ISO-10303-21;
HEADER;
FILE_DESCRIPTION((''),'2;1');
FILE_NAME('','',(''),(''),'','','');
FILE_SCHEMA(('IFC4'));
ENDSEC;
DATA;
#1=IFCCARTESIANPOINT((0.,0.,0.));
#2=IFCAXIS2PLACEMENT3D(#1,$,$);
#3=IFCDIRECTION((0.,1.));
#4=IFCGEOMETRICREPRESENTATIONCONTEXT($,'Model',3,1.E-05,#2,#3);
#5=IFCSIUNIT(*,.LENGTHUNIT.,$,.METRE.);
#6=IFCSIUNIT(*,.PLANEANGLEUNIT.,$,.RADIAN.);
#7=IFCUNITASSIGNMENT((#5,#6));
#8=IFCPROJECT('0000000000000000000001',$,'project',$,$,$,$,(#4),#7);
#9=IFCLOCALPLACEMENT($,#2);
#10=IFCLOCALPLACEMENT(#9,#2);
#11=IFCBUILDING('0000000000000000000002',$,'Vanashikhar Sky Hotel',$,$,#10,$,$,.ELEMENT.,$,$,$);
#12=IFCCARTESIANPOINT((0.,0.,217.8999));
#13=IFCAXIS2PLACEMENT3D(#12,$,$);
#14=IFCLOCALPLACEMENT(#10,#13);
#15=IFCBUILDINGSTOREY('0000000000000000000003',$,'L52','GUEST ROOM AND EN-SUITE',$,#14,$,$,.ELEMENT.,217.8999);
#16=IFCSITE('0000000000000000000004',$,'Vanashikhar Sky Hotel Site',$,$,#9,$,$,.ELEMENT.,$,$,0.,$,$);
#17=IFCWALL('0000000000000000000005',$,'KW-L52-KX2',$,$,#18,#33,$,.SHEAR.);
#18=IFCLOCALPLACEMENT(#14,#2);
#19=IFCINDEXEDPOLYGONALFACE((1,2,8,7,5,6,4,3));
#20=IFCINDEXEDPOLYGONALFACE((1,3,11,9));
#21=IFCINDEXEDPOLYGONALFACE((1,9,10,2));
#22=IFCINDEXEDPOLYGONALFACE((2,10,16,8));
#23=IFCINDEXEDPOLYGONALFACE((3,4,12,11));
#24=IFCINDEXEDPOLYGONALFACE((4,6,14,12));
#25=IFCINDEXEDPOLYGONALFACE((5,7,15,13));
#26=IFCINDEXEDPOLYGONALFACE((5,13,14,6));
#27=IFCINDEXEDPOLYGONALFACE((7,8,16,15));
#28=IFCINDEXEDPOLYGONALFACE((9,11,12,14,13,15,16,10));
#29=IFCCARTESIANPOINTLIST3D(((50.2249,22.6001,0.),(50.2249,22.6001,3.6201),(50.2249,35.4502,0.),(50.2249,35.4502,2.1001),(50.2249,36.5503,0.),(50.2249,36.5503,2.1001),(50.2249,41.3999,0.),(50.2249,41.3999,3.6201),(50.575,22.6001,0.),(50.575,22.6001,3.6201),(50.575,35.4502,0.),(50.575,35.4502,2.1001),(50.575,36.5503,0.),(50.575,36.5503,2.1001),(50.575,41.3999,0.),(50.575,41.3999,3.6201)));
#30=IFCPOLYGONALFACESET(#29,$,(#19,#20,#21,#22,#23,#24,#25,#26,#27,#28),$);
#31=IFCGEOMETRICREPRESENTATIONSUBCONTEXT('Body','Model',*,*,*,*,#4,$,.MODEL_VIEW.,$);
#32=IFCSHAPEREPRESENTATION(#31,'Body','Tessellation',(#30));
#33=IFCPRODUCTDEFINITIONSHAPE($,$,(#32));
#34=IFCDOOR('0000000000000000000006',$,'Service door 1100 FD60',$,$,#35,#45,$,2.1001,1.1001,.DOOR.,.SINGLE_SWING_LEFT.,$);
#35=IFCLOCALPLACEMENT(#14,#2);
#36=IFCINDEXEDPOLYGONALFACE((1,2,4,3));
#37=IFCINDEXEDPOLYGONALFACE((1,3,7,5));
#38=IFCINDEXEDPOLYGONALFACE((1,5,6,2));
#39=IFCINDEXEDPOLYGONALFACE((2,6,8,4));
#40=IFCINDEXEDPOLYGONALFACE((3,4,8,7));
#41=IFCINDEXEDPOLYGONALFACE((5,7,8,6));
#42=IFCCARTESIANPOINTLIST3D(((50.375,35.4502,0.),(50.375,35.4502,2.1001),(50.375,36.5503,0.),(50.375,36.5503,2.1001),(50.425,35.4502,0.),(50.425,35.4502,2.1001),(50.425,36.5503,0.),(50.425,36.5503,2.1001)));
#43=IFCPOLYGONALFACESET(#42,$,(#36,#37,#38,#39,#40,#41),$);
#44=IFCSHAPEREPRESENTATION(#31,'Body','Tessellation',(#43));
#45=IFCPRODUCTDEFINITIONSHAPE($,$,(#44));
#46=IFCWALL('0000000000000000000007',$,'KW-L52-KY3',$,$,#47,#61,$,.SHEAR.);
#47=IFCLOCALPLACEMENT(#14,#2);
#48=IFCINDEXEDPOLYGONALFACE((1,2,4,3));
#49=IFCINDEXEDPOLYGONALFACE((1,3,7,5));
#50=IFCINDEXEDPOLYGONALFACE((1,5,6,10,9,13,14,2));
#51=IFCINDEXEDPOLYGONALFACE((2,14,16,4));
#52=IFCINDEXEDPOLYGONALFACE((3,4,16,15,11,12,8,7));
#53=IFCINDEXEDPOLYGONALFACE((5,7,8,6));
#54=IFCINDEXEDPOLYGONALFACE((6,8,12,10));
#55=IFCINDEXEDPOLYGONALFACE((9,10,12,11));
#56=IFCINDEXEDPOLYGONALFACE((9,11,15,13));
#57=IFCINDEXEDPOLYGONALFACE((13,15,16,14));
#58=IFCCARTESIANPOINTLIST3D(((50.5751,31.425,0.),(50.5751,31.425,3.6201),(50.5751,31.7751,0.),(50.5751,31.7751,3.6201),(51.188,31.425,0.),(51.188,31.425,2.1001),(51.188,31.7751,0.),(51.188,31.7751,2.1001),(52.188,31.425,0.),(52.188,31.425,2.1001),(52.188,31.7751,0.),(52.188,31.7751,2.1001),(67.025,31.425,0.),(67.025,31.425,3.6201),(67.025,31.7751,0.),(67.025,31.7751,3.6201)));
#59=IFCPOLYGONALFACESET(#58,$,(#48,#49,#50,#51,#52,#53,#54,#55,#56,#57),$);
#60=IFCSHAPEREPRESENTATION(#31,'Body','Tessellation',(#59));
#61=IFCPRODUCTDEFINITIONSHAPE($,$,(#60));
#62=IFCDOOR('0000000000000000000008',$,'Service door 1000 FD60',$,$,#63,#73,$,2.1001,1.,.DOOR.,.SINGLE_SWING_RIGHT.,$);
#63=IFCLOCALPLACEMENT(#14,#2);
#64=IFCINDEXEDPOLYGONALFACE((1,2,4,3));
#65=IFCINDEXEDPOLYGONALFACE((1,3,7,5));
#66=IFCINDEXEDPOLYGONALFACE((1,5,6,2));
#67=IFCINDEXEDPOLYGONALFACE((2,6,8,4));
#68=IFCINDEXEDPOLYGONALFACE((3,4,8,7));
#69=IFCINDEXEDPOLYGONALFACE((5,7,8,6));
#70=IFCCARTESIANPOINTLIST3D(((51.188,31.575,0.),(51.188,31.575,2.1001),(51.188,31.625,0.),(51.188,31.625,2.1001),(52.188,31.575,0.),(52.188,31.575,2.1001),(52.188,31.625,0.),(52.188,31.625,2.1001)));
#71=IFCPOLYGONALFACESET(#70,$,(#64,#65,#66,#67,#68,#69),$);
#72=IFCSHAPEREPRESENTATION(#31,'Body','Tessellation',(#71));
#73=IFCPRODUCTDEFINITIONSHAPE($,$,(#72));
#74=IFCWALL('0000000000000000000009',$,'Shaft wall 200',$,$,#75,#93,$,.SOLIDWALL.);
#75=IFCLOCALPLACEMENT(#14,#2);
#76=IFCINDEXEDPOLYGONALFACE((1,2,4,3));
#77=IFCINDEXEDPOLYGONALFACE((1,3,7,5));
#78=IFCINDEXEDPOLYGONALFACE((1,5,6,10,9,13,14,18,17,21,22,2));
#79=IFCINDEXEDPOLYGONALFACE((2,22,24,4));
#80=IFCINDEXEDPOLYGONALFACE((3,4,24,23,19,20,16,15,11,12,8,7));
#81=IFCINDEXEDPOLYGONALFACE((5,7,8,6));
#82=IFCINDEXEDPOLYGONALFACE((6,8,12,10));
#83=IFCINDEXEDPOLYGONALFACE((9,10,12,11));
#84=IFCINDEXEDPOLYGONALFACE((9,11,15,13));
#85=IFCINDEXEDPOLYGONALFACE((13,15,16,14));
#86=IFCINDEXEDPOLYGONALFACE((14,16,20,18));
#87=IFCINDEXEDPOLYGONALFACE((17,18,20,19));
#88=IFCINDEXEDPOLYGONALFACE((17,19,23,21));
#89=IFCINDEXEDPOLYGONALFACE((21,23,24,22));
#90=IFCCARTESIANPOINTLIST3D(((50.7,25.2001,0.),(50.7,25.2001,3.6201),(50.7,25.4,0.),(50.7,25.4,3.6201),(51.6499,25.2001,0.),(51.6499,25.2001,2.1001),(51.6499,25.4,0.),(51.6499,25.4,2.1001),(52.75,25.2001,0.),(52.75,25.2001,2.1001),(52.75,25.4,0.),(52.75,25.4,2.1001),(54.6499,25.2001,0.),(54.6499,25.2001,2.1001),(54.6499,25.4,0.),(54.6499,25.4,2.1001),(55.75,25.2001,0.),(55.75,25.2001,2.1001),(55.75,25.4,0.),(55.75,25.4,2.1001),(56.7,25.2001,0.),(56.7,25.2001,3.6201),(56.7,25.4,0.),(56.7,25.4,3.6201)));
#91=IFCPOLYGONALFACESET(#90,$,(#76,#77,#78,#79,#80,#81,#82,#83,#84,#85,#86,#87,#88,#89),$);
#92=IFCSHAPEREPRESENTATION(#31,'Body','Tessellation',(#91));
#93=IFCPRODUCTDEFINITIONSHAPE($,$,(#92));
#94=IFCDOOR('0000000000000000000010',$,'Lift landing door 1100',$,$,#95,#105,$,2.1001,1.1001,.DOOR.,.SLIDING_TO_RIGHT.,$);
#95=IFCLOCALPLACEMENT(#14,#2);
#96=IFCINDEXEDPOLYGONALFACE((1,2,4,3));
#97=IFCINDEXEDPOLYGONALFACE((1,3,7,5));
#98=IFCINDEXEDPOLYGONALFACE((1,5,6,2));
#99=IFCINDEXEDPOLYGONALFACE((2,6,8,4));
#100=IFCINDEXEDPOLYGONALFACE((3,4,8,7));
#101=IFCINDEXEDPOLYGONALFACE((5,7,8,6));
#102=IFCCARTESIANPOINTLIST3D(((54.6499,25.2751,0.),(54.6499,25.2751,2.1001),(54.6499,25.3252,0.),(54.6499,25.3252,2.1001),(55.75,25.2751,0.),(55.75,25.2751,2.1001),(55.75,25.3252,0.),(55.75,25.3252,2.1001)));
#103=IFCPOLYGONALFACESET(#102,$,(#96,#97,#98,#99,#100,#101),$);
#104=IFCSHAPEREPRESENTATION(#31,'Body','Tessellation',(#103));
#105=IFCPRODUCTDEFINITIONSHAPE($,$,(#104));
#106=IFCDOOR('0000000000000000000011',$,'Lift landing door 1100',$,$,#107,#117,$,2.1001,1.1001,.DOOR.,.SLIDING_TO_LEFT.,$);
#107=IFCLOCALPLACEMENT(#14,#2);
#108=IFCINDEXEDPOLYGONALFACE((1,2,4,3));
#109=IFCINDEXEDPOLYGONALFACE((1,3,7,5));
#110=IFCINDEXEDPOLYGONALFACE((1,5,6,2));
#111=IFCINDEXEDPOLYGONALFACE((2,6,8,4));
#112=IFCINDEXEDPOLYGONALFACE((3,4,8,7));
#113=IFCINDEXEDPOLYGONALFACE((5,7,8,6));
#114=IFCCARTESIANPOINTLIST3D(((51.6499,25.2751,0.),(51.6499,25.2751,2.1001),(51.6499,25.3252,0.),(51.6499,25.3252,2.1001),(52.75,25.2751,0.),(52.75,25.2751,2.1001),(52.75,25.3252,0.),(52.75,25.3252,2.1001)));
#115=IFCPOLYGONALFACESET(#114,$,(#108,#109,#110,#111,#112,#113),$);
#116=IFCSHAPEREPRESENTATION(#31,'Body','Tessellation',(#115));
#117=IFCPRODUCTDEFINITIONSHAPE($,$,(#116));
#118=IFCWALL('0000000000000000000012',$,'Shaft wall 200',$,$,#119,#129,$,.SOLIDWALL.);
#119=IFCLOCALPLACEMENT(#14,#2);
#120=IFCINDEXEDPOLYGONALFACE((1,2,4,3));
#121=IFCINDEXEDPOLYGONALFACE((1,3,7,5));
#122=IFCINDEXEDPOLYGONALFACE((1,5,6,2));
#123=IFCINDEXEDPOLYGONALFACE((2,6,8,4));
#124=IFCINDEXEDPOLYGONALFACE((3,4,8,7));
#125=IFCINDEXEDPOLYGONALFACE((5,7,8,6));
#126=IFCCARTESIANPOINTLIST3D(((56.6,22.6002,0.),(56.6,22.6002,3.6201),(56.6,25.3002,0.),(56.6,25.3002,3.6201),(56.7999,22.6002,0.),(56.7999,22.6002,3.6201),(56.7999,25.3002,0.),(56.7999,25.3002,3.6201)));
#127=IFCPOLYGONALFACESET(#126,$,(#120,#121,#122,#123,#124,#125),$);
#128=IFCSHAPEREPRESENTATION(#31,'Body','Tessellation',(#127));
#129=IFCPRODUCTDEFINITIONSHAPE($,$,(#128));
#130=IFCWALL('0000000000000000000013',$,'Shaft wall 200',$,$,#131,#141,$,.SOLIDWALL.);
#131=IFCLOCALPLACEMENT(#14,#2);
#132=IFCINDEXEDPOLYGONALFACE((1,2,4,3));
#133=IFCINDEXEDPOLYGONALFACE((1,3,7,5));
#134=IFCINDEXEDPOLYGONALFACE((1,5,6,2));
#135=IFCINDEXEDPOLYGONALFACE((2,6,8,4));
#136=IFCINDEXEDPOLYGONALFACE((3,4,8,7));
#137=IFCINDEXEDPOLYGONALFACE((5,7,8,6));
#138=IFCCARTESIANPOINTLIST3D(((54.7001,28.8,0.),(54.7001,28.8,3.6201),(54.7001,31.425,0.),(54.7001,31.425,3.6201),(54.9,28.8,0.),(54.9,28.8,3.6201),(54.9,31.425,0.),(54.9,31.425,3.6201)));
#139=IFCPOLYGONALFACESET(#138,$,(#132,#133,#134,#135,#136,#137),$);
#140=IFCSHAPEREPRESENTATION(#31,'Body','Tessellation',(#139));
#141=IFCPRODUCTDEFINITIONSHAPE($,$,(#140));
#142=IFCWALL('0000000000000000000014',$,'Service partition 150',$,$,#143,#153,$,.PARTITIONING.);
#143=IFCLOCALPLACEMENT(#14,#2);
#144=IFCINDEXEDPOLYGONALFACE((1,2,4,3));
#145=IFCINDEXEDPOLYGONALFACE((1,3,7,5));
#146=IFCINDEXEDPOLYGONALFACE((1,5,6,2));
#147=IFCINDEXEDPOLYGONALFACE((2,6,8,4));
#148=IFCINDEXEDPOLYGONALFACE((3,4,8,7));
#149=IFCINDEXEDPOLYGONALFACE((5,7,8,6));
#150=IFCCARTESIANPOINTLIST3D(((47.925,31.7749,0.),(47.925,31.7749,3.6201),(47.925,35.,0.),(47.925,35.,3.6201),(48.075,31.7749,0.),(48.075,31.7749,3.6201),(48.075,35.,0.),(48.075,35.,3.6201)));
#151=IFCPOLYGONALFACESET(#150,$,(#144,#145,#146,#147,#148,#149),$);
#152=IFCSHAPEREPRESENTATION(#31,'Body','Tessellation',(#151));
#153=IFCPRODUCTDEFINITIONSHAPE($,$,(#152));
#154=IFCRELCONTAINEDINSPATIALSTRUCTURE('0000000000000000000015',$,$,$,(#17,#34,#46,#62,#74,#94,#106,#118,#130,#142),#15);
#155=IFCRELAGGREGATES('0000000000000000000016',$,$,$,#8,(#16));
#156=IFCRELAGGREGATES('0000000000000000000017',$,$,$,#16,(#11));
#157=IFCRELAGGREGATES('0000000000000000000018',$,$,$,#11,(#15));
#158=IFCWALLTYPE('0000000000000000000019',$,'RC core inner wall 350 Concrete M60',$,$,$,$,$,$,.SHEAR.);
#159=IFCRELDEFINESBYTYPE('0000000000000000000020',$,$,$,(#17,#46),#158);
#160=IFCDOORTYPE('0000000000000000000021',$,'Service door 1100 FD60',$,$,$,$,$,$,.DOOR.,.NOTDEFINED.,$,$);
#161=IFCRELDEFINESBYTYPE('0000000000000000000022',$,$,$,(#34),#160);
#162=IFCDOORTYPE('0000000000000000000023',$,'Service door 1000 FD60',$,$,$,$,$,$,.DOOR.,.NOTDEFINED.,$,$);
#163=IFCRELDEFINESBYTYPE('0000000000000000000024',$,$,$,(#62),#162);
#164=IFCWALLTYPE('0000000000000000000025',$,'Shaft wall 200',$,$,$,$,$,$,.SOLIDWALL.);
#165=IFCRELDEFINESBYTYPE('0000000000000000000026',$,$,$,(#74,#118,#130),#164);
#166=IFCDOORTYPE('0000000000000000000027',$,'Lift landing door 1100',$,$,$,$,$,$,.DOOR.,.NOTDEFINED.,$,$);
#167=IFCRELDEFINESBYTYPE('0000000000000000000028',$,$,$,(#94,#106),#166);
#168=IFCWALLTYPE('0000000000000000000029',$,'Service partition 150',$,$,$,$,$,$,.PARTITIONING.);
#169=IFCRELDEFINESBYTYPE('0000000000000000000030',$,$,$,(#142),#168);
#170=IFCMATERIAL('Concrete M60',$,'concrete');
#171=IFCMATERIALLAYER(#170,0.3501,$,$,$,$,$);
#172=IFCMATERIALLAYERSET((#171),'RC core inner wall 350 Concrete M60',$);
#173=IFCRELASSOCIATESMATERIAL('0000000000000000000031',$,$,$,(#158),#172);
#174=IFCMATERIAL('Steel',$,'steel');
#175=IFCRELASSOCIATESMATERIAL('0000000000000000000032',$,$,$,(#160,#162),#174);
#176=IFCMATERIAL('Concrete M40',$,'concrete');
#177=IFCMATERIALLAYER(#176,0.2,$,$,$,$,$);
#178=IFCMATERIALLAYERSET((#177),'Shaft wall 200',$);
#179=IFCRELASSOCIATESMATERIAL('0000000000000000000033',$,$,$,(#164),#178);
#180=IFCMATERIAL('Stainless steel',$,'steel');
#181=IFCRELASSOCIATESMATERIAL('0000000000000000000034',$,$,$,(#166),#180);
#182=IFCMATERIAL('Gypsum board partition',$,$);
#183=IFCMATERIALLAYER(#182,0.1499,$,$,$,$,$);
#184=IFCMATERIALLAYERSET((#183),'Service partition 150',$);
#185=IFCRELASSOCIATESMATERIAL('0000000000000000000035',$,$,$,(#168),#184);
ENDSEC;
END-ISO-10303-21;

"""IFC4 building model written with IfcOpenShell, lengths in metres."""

from ifc_helpers import new_model, si_unit, direction, frame, frame_2d, origin, place, context, subcontext, project, spatial, rectangle, extrude, source, transform, mapped, material, layer, layer_set, type_object, element, fill, save


model = new_model("IFC4")

# Units and contexts
model_context = context("Model", 3, precision=1e-05, world=origin(), true_north=direction((0.0, 1.0)))
body_context = subcontext(model_context, "Body", "Model", "MODEL_VIEW")
ifc_project = project(units=[si_unit("LENGTHUNIT", "METRE"), si_unit("PLANEANGLEUNIT", "RADIAN")], contexts=[model_context])

# Site, building, storey
site_placement = place(None, origin())
site = spatial("IfcSite", under=ifc_project, at=site_placement, Name="Vanashikhar Sky Hotel Site", CompositionType="ELEMENT", RefElevation=0.0)
building_placement = place(site_placement, origin())
building = spatial("IfcBuilding", under=site, at=building_placement, Name="Vanashikhar Sky Hotel", CompositionType="ELEMENT")
storey_placement = place(building_placement, frame((0.0, 0.0, 217.8999)))
storey = spatial("IfcBuildingStorey", under=building, at=storey_placement, Name="L52", Description="GUEST ROOM AND EN-SUITE", CompositionType="ELEMENT", Elevation=217.8999)

# Walls, openings, doors
ifc_material_1 = material(Name="Concrete M60", Category="concrete")
ifc_layer_1 = layer(ifc_material_1, 0.3501)
ifc_layer_set_1 = layer_set([ifc_layer_1], Name="RC core inner wall 350 Concrete M60")
wall_type_1 = type_object("IfcWallType", Name="RC core inner wall 350 Concrete M60", PredefinedType="SHEAR", material=ifc_layer_set_1)
shared_shape_1 = source(origin(), body_context, "Body", "SweptSolid", [
    extrude(rectangle(XDim=18.7998, YDim=0.3501, at=frame_2d((9.3999, 0.0))), origin(), (0.0, 0.0, 1.0), 3.6201),
])
wall_1_placement = place(storey_placement, frame((50.3999, 22.6001, 0.0), z_axis=(0.0, 0.0, 1.0), x_axis=(0.0, 1.0, 0.0)))
wall_1 = element("IfcWall", 1, at=wall_1_placement, inside=storey, type_object=wall_type_1, Name="KW-L52-KX2", PredefinedType="SHEAR", context=body_context, shape_type="MappedRepresentation", body=[
    mapped(shared_shape_1, transform((0.0, 0.0, 0.0), scale=1.0)),
])
shared_shape_2 = source(origin(), body_context, "Body", "SweptSolid", [
    extrude(rectangle(XDim=1.1001, YDim=2.1001, at=frame_2d((0.55, 1.05))), frame((0.0, 0.1851, 0.0), z_axis=(0.0, -1.0, 0.0), x_axis=(1.0, 0.0, 0.0)), (0.0, 0.0, 1.0), 0.3701),
])
opening_1_placement = place(wall_1_placement, frame((12.8501, 0.0, 0.0)))
opening_1 = element("IfcOpeningElement", 2, at=opening_1_placement, cuts=wall_1, PredefinedType="OPENING", context=body_context, shape_type="MappedRepresentation", body=[
    mapped(shared_shape_2, transform((0.0, 0.0, 0.0), scale=1.0)),
])
ifc_material_2 = material(Name="Steel", Category="steel")
door_type_1 = type_object("IfcDoorType", Name="Service door 1100 FD60", OperationType="NOTDEFINED", PredefinedType="DOOR", material=ifc_material_2)
shared_shape_3 = source(origin(), body_context, "Body", "SweptSolid", [
    extrude(rectangle(XDim=1.1001, YDim=2.1001, at=frame_2d((0.55, 1.05))), frame((0.0, 0.0249, 0.0), z_axis=(0.0, -1.0, 0.0), x_axis=(1.0, 0.0, 0.0)), (0.0, 0.0, 1.0), 0.05),
])
door_1_placement = place(opening_1_placement, origin())
door_1 = element("IfcDoor", 3, at=door_1_placement, inside=storey, type_object=door_type_1, Name="Service door 1100 FD60", OperationType="SINGLE_SWING_LEFT", OverallHeight=2.1001, OverallWidth=1.1001, PredefinedType="DOOR", context=body_context, shape_type="MappedRepresentation", body=[
    mapped(shared_shape_3, transform((0.0, 0.0, 0.0), scale=1.0)),
])
fill(opening_1, door_1)
shared_shape_4 = source(origin(), body_context, "Body", "SweptSolid", [
    extrude(rectangle(XDim=16.45, YDim=0.3501, at=frame_2d((8.2251, 0.0))), origin(), (0.0, 0.0, 1.0), 3.6201),
])
wall_2_placement = place(storey_placement, frame((50.575, 31.6001, 0.0), z_axis=(0.0, 0.0, 1.0), x_axis=(1.0, 0.0, 0.0)))
wall_2 = element("IfcWall", 4, at=wall_2_placement, inside=storey, type_object=wall_type_1, Name="KW-L52-KY3", PredefinedType="SHEAR", context=body_context, shape_type="MappedRepresentation", body=[
    mapped(shared_shape_4, transform((0.0, 0.0, 0.0), scale=1.0)),
])
shared_shape_5 = source(origin(), body_context, "Body", "SweptSolid", [
    extrude(rectangle(XDim=1.0, YDim=2.1001, at=frame_2d((0.5, 1.05))), frame((0.0, 0.1851, 0.0), z_axis=(0.0, -1.0, 0.0), x_axis=(1.0, 0.0, 0.0)), (0.0, 0.0, 1.0), 0.3701),
])
opening_2_placement = place(wall_2_placement, frame((0.613, 0.0, 0.0)))
opening_2 = element("IfcOpeningElement", 5, at=opening_2_placement, cuts=wall_2, PredefinedType="OPENING", context=body_context, shape_type="MappedRepresentation", body=[
    mapped(shared_shape_5, transform((0.0, 0.0, 0.0), scale=1.0)),
])
door_type_2 = type_object("IfcDoorType", Name="Service door 1000 FD60", OperationType="NOTDEFINED", PredefinedType="DOOR", material=ifc_material_2)
shared_shape_6 = source(origin(), body_context, "Body", "SweptSolid", [
    extrude(rectangle(XDim=1.0, YDim=2.1001, at=frame_2d((0.5, 1.05))), frame((0.0, 0.0249, 0.0), z_axis=(0.0, -1.0, 0.0), x_axis=(1.0, 0.0, 0.0)), (0.0, 0.0, 1.0), 0.05),
])
door_2_placement = place(opening_2_placement, origin())
door_2 = element("IfcDoor", 6, at=door_2_placement, inside=storey, type_object=door_type_2, Name="Service door 1000 FD60", OperationType="SINGLE_SWING_RIGHT", OverallHeight=2.1001, OverallWidth=1.0, PredefinedType="DOOR", context=body_context, shape_type="MappedRepresentation", body=[
    mapped(shared_shape_6, transform((0.0, 0.0, 0.0), scale=1.0)),
])
fill(opening_2, door_2)

# Wall, openings, doors
ifc_material_3 = material(Name="Concrete M40", Category="concrete")
ifc_layer_2 = layer(ifc_material_3, 0.2)
ifc_layer_set_2 = layer_set([ifc_layer_2], Name="Shaft wall 200")
wall_type_2 = type_object("IfcWallType", Name="Shaft wall 200", PredefinedType="SOLIDWALL", material=ifc_layer_set_2)
shared_shape_7 = source(origin(), body_context, "Body", "SweptSolid", [
    extrude(rectangle(XDim=6.0, YDim=0.2, at=frame_2d((3.0, 0.0))), origin(), (0.0, 0.0, 1.0), 3.6201),
])
wall_3_placement = place(storey_placement, frame((56.7, 25.3, 0.0), z_axis=(0.0, 0.0, 1.0), x_axis=(-1.0, 0.0, 0.0)))
wall_3 = element("IfcWall", 7, at=wall_3_placement, inside=storey, type_object=wall_type_2, Name="Shaft wall 200", PredefinedType="SOLIDWALL", context=body_context, shape_type="MappedRepresentation", body=[
    mapped(shared_shape_7, transform((0.0, 0.0, 0.0), scale=1.0)),
])
shared_shape_8 = source(origin(), body_context, "Body", "SweptSolid", [
    extrude(rectangle(XDim=1.1001, YDim=2.1001, at=frame_2d((0.55, 1.05))), frame((0.0, 0.1099, 0.0), z_axis=(0.0, -1.0, 0.0), x_axis=(1.0, 0.0, 0.0)), (0.0, 0.0, 1.0), 0.22),
])
opening_3_placement = place(wall_3_placement, frame((0.95, 0.0, 0.0)))
opening_3 = element("IfcOpeningElement", 8, at=opening_3_placement, cuts=wall_3, PredefinedType="OPENING", context=body_context, shape_type="MappedRepresentation", body=[
    mapped(shared_shape_8, transform((0.0, 0.0, 0.0), scale=1.0)),
])
opening_4_placement = place(wall_3_placement, frame((3.95, 0.0, 0.0)))
opening_4 = element("IfcOpeningElement", 9, at=opening_4_placement, cuts=wall_3, PredefinedType="OPENING", context=body_context, shape_type="MappedRepresentation", body=[
    mapped(shared_shape_8, transform((0.0, 0.0, 0.0), scale=1.0)),
])
ifc_material_4 = material(Name="Stainless steel", Category="steel")
door_type_3 = type_object("IfcDoorType", Name="Lift landing door 1100", OperationType="NOTDEFINED", PredefinedType="DOOR", material=ifc_material_4)
door_3_placement = place(opening_3_placement, origin())
door_3 = element("IfcDoor", 10, at=door_3_placement, inside=storey, type_object=door_type_3, Name="Lift landing door 1100", OperationType="SLIDING_TO_RIGHT", OverallHeight=2.1001, OverallWidth=1.1001, PredefinedType="DOOR", context=body_context, shape_type="MappedRepresentation", body=[
    mapped(shared_shape_3, transform((0.0, 0.0, 0.0), scale=1.0)),
])
fill(opening_3, door_3)
door_4_placement = place(opening_4_placement, origin())
door_4 = element("IfcDoor", 11, at=door_4_placement, inside=storey, type_object=door_type_3, Name="Lift landing door 1100", OperationType="SLIDING_TO_LEFT", OverallHeight=2.1001, OverallWidth=1.1001, PredefinedType="DOOR", context=body_context, shape_type="MappedRepresentation", body=[
    mapped(shared_shape_3, transform((0.0, 0.0, 0.0), scale=1.0)),
])
fill(opening_4, door_4)

# Walls
shared_shape_9 = source(origin(), body_context, "Body", "SweptSolid", [
    extrude(rectangle(XDim=2.7, YDim=0.2, at=frame_2d((1.3501, 0.0))), origin(), (0.0, 0.0, 1.0), 3.6201),
])
wall_4_placement = place(storey_placement, frame((56.7, 22.6001, 0.0), z_axis=(0.0, 0.0, 1.0), x_axis=(0.0, 1.0, 0.0)))
element("IfcWall", 12, at=wall_4_placement, inside=storey, type_object=wall_type_2, Name="Shaft wall 200", PredefinedType="SOLIDWALL", context=body_context, shape_type="MappedRepresentation", body=[
    mapped(shared_shape_9, transform((0.0, 0.0, 0.0), scale=1.0)),
])
shared_shape_10 = source(origin(), body_context, "Body", "SweptSolid", [
    extrude(rectangle(XDim=2.625, YDim=0.2, at=frame_2d((1.3125, 0.0))), origin(), (0.0, 0.0, 1.0), 3.6201),
])
wall_5_placement = place(storey_placement, frame((54.8, 28.8, 0.0), z_axis=(0.0, 0.0, 1.0), x_axis=(0.0, 1.0, 0.0)))
element("IfcWall", 13, at=wall_5_placement, inside=storey, type_object=wall_type_2, Name="Shaft wall 200", PredefinedType="SOLIDWALL", context=body_context, shape_type="MappedRepresentation", body=[
    mapped(shared_shape_10, transform((0.0, 0.0, 0.0), scale=1.0)),
])
ifc_material_5 = material(Name="Gypsum board partition")
ifc_layer_3 = layer(ifc_material_5, 0.1499)
ifc_layer_set_3 = layer_set([ifc_layer_3], Name="Service partition 150")
wall_type_3 = type_object("IfcWallType", Name="Service partition 150", PredefinedType="PARTITIONING", material=ifc_layer_set_3)
shared_shape_11 = source(origin(), body_context, "Body", "SweptSolid", [
    extrude(rectangle(XDim=3.2251, YDim=0.1499, at=frame_2d((1.6125, 0.0))), origin(), (0.0, 0.0, 1.0), 3.6201),
])
for number, where, z_axis, x_axis, name in (
    (14, (48.0, 31.7749, 0.0), (0.0, 0.0, 1.0), (0.0, 1.0, 0.0), "Service partition 150"),
):
    element("IfcWall", number, at=place(storey_placement, frame(where, z_axis=z_axis, x_axis=x_axis)), inside=storey, type_object=wall_type_3, Name=name, PredefinedType="PARTITIONING", context=body_context, shape_type="MappedRepresentation", body=[
        mapped(shared_shape_11, transform((0.0, 0.0, 0.0), scale=1.0)),
    ])

save(model, "model.ifc")
